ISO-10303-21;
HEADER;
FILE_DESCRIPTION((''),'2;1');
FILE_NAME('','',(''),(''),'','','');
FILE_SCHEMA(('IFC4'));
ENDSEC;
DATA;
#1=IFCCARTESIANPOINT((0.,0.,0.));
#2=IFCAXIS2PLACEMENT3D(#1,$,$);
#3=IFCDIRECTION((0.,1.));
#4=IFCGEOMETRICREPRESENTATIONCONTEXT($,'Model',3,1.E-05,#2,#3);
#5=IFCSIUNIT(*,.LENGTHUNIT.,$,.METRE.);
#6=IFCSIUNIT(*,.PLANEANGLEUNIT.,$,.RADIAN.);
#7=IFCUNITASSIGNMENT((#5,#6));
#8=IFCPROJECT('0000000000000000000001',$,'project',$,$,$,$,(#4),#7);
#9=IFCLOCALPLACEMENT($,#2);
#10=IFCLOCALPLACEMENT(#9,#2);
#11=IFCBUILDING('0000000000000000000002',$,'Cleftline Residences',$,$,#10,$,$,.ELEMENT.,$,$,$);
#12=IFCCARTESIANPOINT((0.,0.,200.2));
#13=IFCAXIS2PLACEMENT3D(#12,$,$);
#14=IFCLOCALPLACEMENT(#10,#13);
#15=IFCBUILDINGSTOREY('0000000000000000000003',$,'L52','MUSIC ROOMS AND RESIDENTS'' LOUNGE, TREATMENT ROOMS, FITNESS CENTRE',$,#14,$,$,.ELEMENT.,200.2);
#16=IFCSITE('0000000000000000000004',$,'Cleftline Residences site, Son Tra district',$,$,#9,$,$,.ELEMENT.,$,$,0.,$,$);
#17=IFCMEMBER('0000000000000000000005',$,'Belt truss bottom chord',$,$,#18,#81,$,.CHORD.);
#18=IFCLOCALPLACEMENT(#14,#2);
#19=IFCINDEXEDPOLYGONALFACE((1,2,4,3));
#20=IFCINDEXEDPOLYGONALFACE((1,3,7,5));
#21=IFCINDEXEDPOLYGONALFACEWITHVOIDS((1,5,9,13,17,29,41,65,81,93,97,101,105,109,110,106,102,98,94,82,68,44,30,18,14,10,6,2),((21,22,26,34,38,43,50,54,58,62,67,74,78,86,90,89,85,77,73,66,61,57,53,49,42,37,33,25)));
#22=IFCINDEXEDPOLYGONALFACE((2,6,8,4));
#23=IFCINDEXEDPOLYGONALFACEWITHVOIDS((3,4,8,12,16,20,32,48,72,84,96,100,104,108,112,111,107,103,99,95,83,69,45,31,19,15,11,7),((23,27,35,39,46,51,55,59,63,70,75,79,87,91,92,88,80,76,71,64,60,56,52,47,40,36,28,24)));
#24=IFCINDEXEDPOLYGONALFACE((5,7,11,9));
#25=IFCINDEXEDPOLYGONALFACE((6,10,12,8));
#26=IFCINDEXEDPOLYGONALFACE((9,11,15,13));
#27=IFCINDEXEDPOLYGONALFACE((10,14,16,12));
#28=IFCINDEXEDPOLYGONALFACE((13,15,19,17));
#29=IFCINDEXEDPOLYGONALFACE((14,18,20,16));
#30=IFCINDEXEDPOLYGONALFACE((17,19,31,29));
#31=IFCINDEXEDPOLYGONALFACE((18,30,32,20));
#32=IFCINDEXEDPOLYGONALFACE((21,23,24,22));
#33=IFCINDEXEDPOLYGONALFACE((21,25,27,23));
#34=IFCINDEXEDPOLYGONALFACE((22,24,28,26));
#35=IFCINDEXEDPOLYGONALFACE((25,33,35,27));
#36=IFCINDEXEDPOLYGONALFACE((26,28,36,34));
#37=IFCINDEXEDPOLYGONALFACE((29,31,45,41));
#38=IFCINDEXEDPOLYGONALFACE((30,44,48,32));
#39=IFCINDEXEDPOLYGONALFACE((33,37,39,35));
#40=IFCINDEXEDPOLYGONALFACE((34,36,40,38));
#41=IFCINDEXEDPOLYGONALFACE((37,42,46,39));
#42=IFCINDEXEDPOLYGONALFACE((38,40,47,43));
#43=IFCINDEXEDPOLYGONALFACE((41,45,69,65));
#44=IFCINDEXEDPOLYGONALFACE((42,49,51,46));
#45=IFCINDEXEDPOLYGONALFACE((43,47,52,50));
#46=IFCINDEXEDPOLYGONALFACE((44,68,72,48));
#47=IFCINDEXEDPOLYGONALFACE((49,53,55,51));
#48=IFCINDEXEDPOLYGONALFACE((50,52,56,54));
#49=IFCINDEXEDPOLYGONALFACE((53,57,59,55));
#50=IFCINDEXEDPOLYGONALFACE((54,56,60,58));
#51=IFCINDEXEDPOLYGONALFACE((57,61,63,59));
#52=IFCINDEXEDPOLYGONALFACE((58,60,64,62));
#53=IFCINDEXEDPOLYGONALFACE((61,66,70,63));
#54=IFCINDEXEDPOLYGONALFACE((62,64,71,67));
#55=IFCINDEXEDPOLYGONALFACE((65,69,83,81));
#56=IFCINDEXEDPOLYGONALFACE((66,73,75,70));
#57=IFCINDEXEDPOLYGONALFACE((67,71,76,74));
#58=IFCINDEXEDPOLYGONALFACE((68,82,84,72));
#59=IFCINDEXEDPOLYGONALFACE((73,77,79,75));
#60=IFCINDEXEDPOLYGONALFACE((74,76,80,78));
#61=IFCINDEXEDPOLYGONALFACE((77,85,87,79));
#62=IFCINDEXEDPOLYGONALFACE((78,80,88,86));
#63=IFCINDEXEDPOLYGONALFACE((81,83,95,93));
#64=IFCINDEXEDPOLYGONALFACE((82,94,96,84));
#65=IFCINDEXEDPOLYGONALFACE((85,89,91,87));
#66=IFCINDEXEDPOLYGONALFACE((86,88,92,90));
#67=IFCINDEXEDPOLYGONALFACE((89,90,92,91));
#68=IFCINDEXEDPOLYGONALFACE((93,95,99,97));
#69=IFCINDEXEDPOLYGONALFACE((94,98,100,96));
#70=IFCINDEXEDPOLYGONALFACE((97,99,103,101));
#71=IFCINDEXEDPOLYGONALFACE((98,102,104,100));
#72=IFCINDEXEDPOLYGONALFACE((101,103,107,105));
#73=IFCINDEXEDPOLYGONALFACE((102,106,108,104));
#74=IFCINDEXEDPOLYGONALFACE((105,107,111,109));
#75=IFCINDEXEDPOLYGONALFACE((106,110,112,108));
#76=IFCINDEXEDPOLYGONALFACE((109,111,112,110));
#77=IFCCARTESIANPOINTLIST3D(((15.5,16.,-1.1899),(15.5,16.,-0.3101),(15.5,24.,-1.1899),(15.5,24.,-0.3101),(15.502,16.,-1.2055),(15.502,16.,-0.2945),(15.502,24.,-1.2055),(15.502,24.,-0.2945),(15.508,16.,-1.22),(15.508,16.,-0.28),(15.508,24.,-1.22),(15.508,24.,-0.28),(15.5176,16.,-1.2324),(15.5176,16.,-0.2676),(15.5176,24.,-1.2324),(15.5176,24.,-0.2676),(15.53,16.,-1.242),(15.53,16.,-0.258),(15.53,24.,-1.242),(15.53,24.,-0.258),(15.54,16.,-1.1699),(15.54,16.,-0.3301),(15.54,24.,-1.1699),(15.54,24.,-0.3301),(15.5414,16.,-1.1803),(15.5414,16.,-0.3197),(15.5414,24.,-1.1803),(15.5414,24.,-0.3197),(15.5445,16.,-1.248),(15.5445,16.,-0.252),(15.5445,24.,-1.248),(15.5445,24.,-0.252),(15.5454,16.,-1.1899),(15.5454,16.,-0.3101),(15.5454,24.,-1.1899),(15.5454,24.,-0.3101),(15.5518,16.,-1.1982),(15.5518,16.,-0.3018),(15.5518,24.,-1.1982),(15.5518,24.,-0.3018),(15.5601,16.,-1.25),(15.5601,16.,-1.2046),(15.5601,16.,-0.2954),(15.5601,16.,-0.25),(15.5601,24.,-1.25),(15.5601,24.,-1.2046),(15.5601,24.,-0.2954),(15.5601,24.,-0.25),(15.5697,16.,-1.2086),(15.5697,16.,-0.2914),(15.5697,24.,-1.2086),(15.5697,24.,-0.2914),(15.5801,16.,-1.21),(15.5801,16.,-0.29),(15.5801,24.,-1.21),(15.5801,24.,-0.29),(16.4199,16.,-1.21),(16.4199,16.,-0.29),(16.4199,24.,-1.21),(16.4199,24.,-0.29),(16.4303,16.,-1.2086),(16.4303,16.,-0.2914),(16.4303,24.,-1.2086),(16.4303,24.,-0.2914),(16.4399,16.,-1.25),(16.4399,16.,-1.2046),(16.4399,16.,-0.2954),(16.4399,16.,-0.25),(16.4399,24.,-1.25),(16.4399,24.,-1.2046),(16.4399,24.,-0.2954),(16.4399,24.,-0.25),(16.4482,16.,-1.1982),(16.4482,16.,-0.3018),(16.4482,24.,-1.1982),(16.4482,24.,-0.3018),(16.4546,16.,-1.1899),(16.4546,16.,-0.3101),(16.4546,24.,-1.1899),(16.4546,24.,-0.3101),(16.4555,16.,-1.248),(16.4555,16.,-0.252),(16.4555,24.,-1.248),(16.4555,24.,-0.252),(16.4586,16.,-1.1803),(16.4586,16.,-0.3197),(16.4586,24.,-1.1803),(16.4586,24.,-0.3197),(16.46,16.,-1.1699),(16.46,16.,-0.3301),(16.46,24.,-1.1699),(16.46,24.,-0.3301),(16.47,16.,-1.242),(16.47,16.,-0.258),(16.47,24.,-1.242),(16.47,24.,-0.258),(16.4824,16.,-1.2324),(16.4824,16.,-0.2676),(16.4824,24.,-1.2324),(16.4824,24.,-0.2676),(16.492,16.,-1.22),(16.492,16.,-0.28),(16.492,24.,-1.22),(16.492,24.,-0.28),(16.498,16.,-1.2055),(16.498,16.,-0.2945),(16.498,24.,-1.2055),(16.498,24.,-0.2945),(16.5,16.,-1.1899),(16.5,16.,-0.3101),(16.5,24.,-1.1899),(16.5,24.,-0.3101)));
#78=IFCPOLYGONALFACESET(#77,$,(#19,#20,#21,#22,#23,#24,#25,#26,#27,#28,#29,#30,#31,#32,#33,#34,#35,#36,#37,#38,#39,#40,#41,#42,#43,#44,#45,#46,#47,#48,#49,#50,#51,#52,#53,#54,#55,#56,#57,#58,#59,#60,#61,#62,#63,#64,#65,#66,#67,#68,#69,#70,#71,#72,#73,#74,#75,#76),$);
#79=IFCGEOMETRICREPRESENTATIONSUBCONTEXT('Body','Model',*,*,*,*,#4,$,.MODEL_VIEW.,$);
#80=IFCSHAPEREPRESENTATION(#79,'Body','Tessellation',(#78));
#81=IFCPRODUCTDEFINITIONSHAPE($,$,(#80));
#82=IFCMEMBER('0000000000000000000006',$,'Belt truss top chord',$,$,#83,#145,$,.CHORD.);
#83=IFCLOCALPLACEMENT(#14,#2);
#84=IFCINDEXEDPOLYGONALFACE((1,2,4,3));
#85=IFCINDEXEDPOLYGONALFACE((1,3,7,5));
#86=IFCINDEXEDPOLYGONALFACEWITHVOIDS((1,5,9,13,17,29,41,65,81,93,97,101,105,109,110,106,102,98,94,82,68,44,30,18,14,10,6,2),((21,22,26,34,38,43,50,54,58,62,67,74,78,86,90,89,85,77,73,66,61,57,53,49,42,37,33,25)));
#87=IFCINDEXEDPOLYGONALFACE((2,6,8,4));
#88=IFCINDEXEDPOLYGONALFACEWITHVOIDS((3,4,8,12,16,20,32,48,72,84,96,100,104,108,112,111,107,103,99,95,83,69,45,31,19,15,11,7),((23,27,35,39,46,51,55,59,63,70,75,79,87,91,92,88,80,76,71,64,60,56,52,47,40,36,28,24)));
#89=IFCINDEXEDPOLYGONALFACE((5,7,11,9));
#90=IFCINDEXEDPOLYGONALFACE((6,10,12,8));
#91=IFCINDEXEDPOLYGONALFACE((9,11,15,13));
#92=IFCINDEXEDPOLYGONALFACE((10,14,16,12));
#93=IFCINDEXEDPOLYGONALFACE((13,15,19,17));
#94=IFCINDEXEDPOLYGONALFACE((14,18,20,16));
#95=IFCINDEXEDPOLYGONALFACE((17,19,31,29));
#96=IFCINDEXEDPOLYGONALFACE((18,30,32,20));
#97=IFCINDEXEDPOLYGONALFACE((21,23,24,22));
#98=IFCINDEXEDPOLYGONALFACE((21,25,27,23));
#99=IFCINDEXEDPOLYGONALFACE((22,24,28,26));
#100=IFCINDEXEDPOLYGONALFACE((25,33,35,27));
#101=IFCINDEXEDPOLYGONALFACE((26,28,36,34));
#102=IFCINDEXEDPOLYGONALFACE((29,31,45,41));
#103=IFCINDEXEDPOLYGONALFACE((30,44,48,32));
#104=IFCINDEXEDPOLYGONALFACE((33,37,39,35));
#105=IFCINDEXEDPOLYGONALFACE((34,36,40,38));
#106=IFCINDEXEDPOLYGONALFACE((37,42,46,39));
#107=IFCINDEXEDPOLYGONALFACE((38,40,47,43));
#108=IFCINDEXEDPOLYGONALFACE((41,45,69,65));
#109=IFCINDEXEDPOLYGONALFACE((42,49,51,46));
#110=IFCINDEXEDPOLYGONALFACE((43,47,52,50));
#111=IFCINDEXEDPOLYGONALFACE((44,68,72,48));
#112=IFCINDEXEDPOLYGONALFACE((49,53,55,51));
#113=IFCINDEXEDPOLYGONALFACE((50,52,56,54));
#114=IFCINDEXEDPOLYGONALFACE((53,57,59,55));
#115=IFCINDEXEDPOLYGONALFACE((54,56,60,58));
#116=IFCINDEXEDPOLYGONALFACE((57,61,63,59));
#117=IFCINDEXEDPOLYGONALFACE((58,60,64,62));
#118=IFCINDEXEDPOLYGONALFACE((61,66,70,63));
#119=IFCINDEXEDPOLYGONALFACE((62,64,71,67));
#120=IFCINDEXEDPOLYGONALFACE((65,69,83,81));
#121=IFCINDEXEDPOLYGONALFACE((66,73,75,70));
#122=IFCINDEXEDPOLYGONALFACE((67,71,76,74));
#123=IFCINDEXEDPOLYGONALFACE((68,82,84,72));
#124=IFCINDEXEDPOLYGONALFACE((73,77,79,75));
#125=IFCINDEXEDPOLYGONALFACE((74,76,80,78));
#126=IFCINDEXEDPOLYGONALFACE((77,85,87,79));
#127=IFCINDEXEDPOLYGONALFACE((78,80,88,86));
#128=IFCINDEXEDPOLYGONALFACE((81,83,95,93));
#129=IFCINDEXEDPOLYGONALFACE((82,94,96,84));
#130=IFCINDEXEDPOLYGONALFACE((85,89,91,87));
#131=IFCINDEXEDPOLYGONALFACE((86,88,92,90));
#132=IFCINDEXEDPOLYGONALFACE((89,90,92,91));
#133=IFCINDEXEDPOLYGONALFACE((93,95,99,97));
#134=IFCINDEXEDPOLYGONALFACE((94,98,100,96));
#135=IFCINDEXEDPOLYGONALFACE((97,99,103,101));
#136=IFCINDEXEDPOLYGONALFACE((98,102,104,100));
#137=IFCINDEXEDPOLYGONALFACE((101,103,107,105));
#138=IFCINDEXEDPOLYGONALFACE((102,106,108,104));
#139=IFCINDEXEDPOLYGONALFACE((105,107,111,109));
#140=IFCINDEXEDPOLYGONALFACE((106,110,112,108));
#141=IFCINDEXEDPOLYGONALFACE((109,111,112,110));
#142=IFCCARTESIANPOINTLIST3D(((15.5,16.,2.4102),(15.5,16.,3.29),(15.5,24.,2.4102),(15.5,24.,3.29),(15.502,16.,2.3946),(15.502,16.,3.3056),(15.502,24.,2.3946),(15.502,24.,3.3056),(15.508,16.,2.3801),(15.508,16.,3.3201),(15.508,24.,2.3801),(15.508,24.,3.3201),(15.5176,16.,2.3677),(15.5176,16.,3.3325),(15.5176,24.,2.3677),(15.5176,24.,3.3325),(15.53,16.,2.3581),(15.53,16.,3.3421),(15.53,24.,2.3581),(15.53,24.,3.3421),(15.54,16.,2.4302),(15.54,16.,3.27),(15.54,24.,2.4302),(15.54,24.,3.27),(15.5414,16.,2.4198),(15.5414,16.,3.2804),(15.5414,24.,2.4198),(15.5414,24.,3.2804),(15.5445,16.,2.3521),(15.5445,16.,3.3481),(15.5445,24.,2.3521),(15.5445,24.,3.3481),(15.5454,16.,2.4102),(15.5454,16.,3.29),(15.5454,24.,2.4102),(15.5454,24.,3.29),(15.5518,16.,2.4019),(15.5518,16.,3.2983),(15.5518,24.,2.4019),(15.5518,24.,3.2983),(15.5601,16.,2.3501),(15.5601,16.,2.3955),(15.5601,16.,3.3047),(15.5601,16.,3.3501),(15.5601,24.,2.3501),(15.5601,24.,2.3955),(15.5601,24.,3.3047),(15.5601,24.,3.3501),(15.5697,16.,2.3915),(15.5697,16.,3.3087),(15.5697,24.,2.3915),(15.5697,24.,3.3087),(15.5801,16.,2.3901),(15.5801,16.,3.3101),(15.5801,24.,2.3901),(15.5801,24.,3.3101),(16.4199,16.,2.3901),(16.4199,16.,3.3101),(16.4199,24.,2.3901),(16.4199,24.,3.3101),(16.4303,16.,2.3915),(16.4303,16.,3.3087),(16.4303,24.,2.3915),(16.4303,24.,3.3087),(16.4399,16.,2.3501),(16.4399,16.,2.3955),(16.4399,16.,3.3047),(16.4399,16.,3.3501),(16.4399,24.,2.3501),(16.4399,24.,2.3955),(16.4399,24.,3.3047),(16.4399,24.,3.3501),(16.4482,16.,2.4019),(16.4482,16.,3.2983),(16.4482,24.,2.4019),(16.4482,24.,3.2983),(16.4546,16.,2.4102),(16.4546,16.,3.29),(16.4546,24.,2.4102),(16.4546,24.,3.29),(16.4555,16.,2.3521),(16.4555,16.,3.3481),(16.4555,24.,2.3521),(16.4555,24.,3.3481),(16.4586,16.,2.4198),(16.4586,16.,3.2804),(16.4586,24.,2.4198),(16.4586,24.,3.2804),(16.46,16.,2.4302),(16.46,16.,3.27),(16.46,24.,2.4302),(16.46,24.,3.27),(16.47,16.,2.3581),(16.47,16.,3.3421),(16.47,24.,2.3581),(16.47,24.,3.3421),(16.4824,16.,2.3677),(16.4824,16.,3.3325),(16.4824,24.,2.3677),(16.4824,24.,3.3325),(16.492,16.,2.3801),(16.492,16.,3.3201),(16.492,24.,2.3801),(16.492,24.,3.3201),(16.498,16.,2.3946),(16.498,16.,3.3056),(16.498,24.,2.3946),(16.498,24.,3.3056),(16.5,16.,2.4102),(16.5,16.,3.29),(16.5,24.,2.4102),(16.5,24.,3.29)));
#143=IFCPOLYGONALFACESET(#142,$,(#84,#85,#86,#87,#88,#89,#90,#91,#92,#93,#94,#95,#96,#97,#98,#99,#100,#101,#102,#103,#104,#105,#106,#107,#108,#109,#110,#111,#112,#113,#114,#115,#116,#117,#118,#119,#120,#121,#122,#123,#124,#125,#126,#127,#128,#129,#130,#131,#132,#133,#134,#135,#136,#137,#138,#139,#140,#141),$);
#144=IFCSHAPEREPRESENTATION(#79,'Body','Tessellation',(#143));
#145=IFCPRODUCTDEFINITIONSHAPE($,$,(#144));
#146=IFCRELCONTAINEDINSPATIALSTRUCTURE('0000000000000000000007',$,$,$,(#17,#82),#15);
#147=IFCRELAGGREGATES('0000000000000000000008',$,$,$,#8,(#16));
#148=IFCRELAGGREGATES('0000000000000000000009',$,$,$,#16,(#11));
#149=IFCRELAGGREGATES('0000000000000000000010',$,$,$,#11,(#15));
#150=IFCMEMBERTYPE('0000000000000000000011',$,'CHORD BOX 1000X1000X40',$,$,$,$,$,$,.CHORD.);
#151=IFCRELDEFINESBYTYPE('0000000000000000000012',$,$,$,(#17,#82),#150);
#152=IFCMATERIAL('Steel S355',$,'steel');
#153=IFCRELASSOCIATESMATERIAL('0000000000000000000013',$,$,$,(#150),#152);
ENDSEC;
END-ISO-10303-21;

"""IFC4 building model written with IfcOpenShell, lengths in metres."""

from ifc_helpers import new_model, si_unit, direction, frame, origin, origin_2d, place, context, subcontext, project, spatial, hollow_rectangle, extrude, material, material_profile, profile_set, type_object, element, save


model = new_model("IFC4")

# Units and contexts
model_context = context("Model", 3, precision=1e-05, world=origin(), true_north=direction((0.0, 1.0)))
body_context = subcontext(model_context, "Body", "Model", "MODEL_VIEW")
ifc_project = project(units=[si_unit("LENGTHUNIT", "METRE"), si_unit("PLANEANGLEUNIT", "RADIAN")], contexts=[model_context])

# Site, building, storey
site_placement = place(None, origin())
site = spatial("IfcSite", under=ifc_project, at=site_placement, Name="Cleftline Residences site, Son Tra district", CompositionType="ELEMENT", RefElevation=0.0)
building_placement = place(site_placement, origin())
building = spatial("IfcBuilding", under=site, at=building_placement, Name="Cleftline Residences", CompositionType="ELEMENT")
storey_placement = place(building_placement, frame((0.0, 0.0, 200.2)))
storey = spatial("IfcBuildingStorey", under=building, at=storey_placement, Name="L52", Description="MUSIC ROOMS AND RESIDENTS' LOUNGE, TREATMENT ROOMS, FITNESS CENTRE", CompositionType="ELEMENT", Elevation=200.2)

# Members
ifc_material_1 = material(Name="Steel S355", Category="steel")
ifc_material_profile_1 = material_profile(ifc_material_1, hollow_rectangle(XDim=1.0, YDim=1.0, WallThickness=0.04, InnerFilletRadius=0.04, OuterFilletRadius=0.0601, at=origin_2d()))
ifc_profile_set_1 = profile_set([ifc_material_profile_1], Name="Steel S355")
member_type_1 = type_object("IfcMemberType", Name="CHORD BOX 1000X1000X40", PredefinedType="CHORD", material=ifc_profile_set_1)
for number, where, z_axis, x_axis, name in (
    (1, (16.0, 16.0, -0.75), (0.0, 1.0, 0.0), (-1.0, 0.0, 0.0), "Belt truss bottom chord"),
    (2, (16.0, 16.0, 2.8501), (0.0, 1.0, 0.0), (-1.0, 0.0, 0.0), "Belt truss top chord"),
):
    element("IfcMember", number, at=place(storey_placement, frame(where, z_axis=z_axis, x_axis=x_axis)), inside=storey, type_object=member_type_1, Name=name, PredefinedType="CHORD", context=body_context, shape_type="SweptSolid", body=[
        extrude(hollow_rectangle(XDim=1.0, YDim=1.0, WallThickness=0.04, InnerFilletRadius=0.04, OuterFilletRadius=0.0601, at=origin_2d()), origin(), (0.0, 0.0, 1.0), 8.0),
    ])

save(model, "model.ifc")
